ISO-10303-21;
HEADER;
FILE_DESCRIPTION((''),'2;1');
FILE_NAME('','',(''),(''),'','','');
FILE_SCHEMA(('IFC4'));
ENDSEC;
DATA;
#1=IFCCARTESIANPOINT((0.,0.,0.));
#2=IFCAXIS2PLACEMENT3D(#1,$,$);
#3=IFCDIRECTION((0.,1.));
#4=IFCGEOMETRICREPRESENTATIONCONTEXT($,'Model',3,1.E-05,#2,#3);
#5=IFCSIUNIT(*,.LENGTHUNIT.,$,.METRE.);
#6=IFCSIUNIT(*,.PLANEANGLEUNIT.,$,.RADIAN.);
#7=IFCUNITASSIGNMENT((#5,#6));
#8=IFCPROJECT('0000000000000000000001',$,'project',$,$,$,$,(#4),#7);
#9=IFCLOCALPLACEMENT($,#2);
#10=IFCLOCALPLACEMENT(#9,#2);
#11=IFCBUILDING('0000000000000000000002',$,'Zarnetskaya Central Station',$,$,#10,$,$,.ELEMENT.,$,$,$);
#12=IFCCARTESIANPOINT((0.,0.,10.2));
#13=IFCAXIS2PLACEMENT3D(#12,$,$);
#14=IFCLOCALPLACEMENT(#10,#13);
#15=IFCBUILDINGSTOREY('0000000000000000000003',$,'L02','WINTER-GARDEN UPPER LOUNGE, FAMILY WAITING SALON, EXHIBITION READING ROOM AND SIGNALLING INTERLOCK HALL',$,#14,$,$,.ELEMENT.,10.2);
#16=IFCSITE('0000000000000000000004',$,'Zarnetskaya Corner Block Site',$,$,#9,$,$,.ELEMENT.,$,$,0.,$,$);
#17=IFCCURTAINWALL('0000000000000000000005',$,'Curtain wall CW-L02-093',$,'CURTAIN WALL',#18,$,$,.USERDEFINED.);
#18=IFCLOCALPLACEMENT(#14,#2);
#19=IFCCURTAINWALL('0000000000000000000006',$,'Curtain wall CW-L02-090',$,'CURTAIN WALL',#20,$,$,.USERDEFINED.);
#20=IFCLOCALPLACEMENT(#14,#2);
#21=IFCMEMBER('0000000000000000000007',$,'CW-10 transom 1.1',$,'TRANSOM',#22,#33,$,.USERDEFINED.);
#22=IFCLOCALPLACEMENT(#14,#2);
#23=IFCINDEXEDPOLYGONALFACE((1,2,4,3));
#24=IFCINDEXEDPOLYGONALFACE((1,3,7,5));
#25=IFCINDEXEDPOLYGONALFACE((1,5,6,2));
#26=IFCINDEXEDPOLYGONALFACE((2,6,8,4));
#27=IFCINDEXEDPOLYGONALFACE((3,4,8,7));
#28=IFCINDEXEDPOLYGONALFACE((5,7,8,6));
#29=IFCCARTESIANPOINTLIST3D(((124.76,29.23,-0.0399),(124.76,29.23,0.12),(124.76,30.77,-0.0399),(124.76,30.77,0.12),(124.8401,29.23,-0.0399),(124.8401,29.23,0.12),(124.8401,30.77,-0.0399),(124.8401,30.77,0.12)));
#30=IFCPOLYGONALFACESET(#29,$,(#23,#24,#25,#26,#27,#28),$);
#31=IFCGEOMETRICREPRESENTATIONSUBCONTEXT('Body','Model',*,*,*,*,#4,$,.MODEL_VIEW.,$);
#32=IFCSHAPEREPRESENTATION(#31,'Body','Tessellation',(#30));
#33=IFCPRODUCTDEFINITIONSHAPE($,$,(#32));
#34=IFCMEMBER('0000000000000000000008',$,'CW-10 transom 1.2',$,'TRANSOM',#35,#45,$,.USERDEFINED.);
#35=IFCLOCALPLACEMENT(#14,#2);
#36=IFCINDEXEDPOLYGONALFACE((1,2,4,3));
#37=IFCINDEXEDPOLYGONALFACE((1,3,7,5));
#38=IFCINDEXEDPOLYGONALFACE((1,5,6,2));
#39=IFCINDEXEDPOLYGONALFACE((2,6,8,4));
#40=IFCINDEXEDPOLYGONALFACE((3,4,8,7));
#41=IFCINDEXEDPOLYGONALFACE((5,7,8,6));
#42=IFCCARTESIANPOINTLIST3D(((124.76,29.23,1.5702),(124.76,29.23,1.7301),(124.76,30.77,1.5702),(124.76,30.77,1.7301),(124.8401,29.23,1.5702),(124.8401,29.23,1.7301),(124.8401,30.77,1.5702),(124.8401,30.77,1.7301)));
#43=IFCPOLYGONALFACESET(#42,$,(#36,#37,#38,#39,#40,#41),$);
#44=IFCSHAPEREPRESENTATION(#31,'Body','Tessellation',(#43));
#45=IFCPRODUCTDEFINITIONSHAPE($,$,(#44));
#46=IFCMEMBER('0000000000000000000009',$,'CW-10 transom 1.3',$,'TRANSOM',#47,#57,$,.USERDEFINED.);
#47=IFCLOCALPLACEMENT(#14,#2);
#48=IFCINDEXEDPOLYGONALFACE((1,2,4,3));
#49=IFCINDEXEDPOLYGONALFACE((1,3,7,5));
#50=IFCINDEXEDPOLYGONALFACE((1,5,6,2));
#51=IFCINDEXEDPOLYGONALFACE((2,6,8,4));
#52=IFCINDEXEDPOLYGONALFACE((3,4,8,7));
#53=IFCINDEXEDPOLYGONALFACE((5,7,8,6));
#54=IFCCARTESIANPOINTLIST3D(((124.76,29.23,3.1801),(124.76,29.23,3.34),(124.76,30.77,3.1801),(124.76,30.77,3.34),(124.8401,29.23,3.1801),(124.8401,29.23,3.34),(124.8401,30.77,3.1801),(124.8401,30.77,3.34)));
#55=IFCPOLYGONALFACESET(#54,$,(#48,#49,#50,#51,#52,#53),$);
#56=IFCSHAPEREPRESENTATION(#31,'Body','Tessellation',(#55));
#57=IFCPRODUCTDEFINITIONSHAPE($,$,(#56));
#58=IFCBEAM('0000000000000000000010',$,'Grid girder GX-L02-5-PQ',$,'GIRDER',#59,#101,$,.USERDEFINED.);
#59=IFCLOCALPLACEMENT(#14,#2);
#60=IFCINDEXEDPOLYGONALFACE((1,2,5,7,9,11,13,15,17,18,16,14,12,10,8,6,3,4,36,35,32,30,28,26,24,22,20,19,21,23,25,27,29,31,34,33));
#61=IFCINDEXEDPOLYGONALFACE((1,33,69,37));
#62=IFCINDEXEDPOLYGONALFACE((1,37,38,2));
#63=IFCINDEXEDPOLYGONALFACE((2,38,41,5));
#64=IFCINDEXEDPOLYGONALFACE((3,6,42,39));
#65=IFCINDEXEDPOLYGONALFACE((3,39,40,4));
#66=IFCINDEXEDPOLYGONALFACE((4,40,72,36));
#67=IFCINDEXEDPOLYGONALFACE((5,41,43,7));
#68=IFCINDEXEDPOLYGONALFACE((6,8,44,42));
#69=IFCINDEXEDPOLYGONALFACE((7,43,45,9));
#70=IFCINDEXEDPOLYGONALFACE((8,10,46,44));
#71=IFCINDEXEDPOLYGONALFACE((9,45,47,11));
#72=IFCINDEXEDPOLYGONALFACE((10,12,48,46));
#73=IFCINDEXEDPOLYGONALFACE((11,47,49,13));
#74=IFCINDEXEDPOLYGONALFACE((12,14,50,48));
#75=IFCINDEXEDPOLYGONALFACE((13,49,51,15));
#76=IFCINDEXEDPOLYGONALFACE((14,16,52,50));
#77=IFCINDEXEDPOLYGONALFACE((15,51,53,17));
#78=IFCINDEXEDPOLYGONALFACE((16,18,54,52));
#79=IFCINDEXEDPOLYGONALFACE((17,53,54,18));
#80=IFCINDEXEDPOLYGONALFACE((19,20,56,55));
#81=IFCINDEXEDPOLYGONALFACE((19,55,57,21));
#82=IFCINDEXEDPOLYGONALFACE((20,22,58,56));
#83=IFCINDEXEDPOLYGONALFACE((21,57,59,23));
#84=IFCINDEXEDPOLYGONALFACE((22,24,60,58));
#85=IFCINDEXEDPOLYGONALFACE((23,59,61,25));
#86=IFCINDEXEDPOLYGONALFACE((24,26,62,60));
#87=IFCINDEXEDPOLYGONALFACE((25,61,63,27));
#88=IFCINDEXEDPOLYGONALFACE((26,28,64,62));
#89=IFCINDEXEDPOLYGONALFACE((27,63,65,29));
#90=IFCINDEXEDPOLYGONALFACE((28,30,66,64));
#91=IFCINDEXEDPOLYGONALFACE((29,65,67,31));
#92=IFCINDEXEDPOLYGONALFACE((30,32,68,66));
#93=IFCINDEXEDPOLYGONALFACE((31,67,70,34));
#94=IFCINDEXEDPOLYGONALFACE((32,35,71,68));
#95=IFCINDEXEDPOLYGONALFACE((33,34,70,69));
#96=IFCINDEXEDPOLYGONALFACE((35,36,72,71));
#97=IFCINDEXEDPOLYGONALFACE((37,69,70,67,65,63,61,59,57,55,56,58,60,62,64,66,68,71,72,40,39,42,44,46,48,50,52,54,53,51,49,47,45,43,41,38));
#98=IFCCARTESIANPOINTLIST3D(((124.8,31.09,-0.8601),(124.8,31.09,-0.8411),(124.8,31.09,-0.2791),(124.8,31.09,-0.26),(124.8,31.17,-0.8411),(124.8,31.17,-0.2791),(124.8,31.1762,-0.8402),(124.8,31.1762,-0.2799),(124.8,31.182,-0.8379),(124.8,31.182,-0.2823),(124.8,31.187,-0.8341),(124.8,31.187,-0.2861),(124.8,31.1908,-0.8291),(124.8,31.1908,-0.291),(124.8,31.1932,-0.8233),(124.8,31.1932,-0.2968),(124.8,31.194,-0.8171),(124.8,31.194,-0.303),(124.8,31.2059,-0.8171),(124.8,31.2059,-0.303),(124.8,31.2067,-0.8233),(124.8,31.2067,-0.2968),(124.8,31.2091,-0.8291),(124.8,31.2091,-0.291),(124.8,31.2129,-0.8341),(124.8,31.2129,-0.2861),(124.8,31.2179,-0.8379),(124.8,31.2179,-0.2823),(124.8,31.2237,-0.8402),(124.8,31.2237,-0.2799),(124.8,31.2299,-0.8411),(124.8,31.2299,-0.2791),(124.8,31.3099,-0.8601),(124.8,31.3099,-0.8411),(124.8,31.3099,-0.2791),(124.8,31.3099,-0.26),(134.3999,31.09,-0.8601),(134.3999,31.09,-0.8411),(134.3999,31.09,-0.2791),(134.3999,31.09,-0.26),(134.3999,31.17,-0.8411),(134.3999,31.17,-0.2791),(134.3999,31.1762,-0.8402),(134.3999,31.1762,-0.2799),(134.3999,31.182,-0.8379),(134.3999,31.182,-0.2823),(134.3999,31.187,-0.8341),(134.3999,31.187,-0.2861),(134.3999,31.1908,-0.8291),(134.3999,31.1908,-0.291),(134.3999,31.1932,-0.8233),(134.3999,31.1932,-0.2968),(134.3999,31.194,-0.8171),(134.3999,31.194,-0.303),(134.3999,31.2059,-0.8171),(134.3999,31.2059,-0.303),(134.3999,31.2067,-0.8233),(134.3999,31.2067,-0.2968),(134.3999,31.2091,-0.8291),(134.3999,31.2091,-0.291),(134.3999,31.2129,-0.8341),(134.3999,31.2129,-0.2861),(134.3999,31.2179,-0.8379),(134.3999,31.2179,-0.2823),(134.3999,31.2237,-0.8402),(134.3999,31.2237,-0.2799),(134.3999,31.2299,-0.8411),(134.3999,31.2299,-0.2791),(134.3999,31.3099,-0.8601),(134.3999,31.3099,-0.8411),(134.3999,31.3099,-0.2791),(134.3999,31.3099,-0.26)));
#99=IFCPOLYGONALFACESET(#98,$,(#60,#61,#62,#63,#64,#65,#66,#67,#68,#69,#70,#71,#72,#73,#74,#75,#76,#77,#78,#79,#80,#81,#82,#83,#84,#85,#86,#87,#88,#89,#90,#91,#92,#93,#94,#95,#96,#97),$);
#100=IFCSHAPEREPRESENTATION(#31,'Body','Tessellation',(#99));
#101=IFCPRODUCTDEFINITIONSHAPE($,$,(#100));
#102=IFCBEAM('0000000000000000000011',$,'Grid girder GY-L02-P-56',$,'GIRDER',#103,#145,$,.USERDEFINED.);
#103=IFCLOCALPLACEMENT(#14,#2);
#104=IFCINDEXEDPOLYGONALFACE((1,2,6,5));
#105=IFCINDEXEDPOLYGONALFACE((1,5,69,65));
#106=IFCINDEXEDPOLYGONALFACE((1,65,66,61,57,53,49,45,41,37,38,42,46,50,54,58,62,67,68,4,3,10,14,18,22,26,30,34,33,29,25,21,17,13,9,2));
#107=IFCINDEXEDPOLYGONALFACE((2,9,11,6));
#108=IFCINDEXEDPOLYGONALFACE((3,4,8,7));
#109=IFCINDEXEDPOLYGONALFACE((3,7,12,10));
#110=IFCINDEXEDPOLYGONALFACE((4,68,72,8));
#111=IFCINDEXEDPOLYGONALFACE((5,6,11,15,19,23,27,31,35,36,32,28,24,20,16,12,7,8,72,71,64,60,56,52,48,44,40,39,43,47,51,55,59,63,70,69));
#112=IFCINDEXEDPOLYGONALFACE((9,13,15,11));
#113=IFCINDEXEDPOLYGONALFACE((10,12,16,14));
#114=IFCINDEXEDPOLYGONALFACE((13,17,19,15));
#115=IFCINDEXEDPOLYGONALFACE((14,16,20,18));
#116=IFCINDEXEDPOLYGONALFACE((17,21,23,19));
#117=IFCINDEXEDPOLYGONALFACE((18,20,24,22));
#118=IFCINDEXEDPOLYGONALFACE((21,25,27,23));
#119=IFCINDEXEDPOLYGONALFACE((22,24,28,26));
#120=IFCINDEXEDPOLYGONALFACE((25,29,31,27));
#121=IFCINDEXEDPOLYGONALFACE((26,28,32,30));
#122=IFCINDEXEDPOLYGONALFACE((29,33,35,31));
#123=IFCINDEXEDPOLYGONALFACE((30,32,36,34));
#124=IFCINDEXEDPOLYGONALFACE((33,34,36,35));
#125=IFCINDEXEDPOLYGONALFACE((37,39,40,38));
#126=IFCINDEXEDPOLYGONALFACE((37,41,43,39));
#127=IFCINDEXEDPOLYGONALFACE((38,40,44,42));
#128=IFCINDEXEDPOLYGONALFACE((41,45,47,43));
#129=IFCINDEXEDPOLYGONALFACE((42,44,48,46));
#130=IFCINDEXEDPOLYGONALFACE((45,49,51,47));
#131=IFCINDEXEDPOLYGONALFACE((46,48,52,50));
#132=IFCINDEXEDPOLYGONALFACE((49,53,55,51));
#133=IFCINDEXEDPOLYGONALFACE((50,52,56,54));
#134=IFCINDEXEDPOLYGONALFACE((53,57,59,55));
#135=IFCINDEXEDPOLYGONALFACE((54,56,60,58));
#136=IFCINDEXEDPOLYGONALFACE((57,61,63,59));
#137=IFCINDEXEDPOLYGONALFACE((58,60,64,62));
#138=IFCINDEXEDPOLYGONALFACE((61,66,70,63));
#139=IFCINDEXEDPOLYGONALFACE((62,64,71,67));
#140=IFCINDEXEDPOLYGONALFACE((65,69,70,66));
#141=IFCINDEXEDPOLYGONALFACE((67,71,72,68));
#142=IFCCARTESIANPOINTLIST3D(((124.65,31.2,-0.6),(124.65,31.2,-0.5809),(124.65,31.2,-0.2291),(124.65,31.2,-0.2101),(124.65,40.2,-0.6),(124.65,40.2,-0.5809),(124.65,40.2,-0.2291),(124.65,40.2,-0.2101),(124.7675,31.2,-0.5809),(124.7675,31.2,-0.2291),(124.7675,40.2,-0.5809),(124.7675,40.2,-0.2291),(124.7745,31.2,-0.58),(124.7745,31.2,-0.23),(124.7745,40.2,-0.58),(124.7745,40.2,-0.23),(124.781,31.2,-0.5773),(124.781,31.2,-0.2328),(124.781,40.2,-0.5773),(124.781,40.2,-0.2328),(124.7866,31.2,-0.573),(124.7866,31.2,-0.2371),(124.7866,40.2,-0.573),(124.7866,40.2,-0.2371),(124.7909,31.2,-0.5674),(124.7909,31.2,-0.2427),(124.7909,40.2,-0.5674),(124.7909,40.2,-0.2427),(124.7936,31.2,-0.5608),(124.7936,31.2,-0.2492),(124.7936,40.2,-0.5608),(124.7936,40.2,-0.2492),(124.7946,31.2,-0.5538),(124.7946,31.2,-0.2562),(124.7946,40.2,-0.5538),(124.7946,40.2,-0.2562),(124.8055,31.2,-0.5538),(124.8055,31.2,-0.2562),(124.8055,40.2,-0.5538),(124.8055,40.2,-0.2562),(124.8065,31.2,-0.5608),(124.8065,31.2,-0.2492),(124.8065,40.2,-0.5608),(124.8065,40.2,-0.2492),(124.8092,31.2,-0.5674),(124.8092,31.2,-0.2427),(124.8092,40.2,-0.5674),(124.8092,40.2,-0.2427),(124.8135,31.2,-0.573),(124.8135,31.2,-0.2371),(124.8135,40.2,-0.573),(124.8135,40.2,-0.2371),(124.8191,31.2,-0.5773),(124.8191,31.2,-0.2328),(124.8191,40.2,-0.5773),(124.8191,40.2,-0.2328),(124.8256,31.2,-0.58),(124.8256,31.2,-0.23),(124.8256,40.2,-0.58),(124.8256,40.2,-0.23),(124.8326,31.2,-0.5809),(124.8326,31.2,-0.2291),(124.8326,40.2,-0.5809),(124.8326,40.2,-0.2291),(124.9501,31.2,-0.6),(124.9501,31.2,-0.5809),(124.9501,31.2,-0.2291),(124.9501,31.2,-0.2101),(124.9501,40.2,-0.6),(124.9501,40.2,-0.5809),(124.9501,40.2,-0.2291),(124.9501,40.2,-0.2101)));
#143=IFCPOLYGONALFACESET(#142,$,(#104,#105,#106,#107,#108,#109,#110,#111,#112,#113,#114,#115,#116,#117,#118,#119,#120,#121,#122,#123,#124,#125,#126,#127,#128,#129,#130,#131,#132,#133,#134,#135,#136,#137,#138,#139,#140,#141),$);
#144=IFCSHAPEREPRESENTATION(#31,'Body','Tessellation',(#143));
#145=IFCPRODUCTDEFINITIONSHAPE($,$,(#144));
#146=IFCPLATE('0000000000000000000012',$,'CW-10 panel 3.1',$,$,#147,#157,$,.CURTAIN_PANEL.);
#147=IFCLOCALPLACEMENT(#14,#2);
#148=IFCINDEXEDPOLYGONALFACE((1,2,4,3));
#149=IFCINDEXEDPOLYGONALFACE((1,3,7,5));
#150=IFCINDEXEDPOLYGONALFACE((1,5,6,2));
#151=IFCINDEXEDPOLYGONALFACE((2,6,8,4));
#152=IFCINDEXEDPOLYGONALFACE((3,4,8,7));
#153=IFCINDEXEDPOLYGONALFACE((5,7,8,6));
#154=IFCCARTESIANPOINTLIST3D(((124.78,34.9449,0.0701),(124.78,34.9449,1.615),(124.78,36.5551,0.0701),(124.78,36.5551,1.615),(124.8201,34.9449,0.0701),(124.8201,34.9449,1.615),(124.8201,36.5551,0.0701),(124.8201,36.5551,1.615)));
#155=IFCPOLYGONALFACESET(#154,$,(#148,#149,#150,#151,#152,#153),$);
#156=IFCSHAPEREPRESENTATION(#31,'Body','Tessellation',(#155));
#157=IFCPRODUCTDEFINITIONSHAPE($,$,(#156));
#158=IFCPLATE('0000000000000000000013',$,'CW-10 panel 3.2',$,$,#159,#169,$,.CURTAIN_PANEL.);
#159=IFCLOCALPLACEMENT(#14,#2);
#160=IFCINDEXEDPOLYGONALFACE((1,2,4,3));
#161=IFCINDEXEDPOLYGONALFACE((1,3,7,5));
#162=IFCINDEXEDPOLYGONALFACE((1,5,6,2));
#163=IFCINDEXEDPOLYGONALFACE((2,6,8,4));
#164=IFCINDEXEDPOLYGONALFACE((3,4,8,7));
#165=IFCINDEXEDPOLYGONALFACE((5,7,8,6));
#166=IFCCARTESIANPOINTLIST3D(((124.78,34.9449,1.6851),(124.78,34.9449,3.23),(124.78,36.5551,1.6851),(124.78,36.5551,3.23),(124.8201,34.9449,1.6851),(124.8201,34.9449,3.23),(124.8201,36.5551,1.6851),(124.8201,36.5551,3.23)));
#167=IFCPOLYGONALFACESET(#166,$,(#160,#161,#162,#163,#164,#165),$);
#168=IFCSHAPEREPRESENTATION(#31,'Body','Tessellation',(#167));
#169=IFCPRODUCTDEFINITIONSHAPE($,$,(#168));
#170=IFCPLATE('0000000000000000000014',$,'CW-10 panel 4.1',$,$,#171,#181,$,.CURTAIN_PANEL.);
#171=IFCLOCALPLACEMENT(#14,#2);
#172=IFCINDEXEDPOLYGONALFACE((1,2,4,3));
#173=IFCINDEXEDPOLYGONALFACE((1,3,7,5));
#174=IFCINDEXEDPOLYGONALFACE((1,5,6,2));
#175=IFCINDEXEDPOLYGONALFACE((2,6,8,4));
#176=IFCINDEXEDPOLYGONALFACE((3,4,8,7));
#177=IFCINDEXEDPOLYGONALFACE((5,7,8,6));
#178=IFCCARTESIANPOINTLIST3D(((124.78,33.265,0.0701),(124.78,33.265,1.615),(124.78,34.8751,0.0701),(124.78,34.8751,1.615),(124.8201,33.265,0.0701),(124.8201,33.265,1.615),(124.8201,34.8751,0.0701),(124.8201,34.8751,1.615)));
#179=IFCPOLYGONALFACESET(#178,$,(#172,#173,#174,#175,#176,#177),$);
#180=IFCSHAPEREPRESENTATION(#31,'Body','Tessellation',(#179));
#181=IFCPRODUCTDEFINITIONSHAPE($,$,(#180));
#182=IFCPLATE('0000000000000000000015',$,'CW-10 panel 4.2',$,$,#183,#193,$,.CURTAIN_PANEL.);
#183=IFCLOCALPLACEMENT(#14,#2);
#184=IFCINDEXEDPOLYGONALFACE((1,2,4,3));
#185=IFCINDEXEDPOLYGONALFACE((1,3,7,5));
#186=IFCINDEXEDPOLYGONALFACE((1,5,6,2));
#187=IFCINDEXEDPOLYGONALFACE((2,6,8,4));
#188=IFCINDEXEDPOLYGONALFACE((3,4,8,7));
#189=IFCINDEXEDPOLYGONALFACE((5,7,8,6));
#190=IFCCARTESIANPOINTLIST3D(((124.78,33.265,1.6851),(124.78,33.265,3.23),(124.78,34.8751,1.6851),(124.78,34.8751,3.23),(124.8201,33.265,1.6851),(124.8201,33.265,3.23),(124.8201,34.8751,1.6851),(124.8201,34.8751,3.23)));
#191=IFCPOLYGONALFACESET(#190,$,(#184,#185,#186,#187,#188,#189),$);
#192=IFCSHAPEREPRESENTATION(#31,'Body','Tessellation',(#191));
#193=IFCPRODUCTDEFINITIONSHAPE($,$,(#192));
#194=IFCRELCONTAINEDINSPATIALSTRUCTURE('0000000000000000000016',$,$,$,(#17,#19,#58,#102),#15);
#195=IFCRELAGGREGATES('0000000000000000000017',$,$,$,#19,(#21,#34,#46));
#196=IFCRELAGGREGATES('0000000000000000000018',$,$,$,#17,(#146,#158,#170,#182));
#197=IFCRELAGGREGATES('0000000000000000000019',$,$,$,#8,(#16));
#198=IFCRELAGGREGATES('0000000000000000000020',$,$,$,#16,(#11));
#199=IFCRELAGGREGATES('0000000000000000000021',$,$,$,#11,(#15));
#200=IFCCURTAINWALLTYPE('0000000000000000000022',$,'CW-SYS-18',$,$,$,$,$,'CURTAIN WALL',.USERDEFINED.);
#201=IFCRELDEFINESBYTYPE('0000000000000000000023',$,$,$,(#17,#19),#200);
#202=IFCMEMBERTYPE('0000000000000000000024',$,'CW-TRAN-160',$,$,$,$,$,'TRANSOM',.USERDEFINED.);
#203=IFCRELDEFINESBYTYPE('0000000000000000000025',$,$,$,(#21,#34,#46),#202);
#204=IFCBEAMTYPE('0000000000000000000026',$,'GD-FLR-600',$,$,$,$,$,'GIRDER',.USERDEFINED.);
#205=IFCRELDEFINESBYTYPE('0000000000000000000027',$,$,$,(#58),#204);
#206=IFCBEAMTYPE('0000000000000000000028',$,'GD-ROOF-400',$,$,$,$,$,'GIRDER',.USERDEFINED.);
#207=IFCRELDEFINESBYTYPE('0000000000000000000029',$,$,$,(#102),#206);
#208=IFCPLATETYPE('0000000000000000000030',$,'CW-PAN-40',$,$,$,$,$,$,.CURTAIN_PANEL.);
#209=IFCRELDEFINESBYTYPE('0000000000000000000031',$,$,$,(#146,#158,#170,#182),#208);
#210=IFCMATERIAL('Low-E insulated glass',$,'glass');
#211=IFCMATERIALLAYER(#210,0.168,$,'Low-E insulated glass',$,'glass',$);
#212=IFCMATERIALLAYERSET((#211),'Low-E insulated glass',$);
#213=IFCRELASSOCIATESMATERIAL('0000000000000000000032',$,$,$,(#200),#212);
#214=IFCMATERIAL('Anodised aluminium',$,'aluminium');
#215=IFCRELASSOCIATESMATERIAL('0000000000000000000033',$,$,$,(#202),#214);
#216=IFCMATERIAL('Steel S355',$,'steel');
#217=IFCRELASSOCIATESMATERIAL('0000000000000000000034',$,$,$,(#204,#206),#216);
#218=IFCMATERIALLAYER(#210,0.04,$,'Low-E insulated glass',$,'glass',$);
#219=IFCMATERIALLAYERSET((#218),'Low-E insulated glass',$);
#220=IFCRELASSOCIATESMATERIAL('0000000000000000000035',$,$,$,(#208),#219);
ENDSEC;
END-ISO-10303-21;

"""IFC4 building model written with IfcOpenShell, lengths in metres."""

from ifc_helpers import new_model, si_unit, direction, frame, origin, origin_2d, place, context, subcontext, project, spatial, rectangle, i_section, extrude, material, layer, layer_set, material_profile, profile_set, type_object, element, aggregate, save


model = new_model("IFC4")

# Units and contexts
model_context = context("Model", 3, precision=1e-05, world=origin(), true_north=direction((0.0, 1.0)))
body_context = subcontext(model_context, "Body", "Model", "MODEL_VIEW")
ifc_project = project(units=[si_unit("LENGTHUNIT", "METRE"), si_unit("PLANEANGLEUNIT", "RADIAN")], contexts=[model_context])

# Site, building, storey
site_placement = place(None, origin())
site = spatial("IfcSite", under=ifc_project, at=site_placement, Name="Zarnetskaya Corner Block Site", CompositionType="ELEMENT", RefElevation=0.0)
building_placement = place(site_placement, origin())
building = spatial("IfcBuilding", under=site, at=building_placement, Name="Zarnetskaya Central Station", CompositionType="ELEMENT")
storey_placement = place(building_placement, frame((0.0, 0.0, 10.2)))
storey = spatial("IfcBuildingStorey", under=building, at=storey_placement, Name="L02", Description="WINTER-GARDEN UPPER LOUNGE, FAMILY WAITING SALON, EXHIBITION READING ROOM AND SIGNALLING INTERLOCK HALL", CompositionType="ELEMENT", Elevation=10.2)

# Shared definitions
ifc_material_1 = material(Name="Steel S355", Category="steel")

# Curtain wall
ifc_material_2 = material(Name="Low-E insulated glass", Category="glass")
ifc_layer_1 = layer(ifc_material_2, 0.168, Name="Low-E insulated glass", Category="glass")
ifc_layer_set_1 = layer_set([ifc_layer_1], Name="Low-E insulated glass")
curtain_wall_type = type_object("IfcCurtainWallType", Name="CW-SYS-18", ElementType="CURTAIN WALL", PredefinedType="USERDEFINED", material=ifc_layer_set_1)
curtain_wall_1_placement = place(storey_placement, origin())
curtain_wall_1 = element("IfcCurtainWall", 1, at=curtain_wall_1_placement, inside=storey, type_object=curtain_wall_type, Name="Curtain wall CW-L02-093", ObjectType="CURTAIN WALL", PredefinedType="USERDEFINED")
ifc_material_3 = material(Name="Anodised aluminium", Category="aluminium")

# Curtain wall
curtain_wall_2_placement = place(storey_placement, origin())
curtain_wall_2 = element("IfcCurtainWall", 2, at=curtain_wall_2_placement, inside=storey, type_object=curtain_wall_type, Name="Curtain wall CW-L02-090", ObjectType="CURTAIN WALL", PredefinedType="USERDEFINED")

# Members
ifc_material_profile_1 = material_profile(ifc_material_3, rectangle(XDim=0.0801, YDim=0.1599, at=origin_2d()), Name="ALU TRAN 80x160")
ifc_profile_set_1 = profile_set([ifc_material_profile_1], Name="Anodised aluminium")
member_type_1 = type_object("IfcMemberType", Name="CW-TRAN-160", ElementType="TRANSOM", PredefinedType="USERDEFINED", material=ifc_profile_set_1)
member_1_placement = place(storey_placement, frame((124.8, 30.77, 0.04), z_axis=(0.0, -1.0, 0.0), x_axis=(1.0, 0.0, 0.0)))
member_1 = element("IfcMember", 3, at=member_1_placement, type_object=member_type_1, Name="CW-10 transom 1.1", ObjectType="TRANSOM", PredefinedType="USERDEFINED", context=body_context, shape_type="SweptSolid", body=[
    extrude(rectangle(XDim=0.0801, YDim=0.1599, at=origin_2d()), origin(), (0.0, 0.0, 1.0), 1.54),
])
member_2_placement = place(storey_placement, frame((124.8, 30.77, 1.6501), z_axis=(0.0, -1.0, 0.0), x_axis=(1.0, 0.0, 0.0)))
member_2 = element("IfcMember", 4, at=member_2_placement, type_object=member_type_1, Name="CW-10 transom 1.2", ObjectType="TRANSOM", PredefinedType="USERDEFINED", context=body_context, shape_type="SweptSolid", body=[
    extrude(rectangle(XDim=0.0801, YDim=0.1599, at=origin_2d()), origin(), (0.0, 0.0, 1.0), 1.54),
])
member_3_placement = place(storey_placement, frame((124.8, 30.77, 3.26), z_axis=(0.0, -1.0, 0.0), x_axis=(1.0, 0.0, 0.0)))
member_3 = element("IfcMember", 5, at=member_3_placement, type_object=member_type_1, Name="CW-10 transom 1.3", ObjectType="TRANSOM", PredefinedType="USERDEFINED", context=body_context, shape_type="SweptSolid", body=[
    extrude(rectangle(XDim=0.0801, YDim=0.1599, at=origin_2d()), origin(), (0.0, 0.0, 1.0), 1.54),
])
aggregate(curtain_wall_2, [member_1, member_2, member_3])

# Beams
ifc_material_profile_2 = material_profile(ifc_material_1, i_section(OverallWidth=0.22, OverallDepth=0.6001, WebThickness=0.012, FlangeThickness=0.019, FilletRadius=0.0239, at=origin_2d()), Name="IPE 600")
ifc_profile_set_2 = profile_set([ifc_material_profile_2], Name="Steel S355")
beam_type_1 = type_object("IfcBeamType", Name="GD-FLR-600", ElementType="GIRDER", PredefinedType="USERDEFINED", material=ifc_profile_set_2)
beam_1_placement = place(storey_placement, frame((124.8, 31.2, -0.5601), z_axis=(1.0, 0.0, 0.0), x_axis=(0.0, 1.0, 0.0)))
element("IfcBeam", 6, at=beam_1_placement, inside=storey, type_object=beam_type_1, Name="Grid girder GX-L02-5-PQ", ObjectType="GIRDER", PredefinedType="USERDEFINED", context=body_context, shape_type="SweptSolid", body=[
    extrude(i_section(OverallWidth=0.22, OverallDepth=0.6001, WebThickness=0.012, FlangeThickness=0.019, FilletRadius=0.0239, at=origin_2d()), origin(), (0.0, 0.0, 1.0), 9.5999),
])
ifc_material_profile_3 = material_profile(ifc_material_1, i_section(OverallWidth=0.3, OverallDepth=0.3899, WebThickness=0.011, FlangeThickness=0.019, FilletRadius=0.0271, at=origin_2d()), Name="HEA 400")
ifc_profile_set_3 = profile_set([ifc_material_profile_3], Name="Steel S355")
beam_type_2 = type_object("IfcBeamType", Name="GD-ROOF-400", ElementType="GIRDER", PredefinedType="USERDEFINED", material=ifc_profile_set_3)
beam_2_placement = place(storey_placement, frame((124.8, 31.2, -0.405), z_axis=(0.0, 1.0, 0.0), x_axis=(-1.0, 0.0, 0.0)))
element("IfcBeam", 7, at=beam_2_placement, inside=storey, type_object=beam_type_2, Name="Grid girder GY-L02-P-56", ObjectType="GIRDER", PredefinedType="USERDEFINED", context=body_context, shape_type="SweptSolid", body=[
    extrude(i_section(OverallWidth=0.3, OverallDepth=0.3899, WebThickness=0.011, FlangeThickness=0.019, FilletRadius=0.0271, at=origin_2d()), origin(), (0.0, 0.0, 1.0), 9.0),
])

# Plates
ifc_layer_2 = layer(ifc_material_2, 0.04, Name="Low-E insulated glass", Category="glass")
ifc_layer_set_2 = layer_set([ifc_layer_2], Name="Low-E insulated glass")
plate_type_1 = type_object("IfcPlateType", Name="CW-PAN-40", PredefinedType="CURTAIN_PANEL", material=ifc_layer_set_2)
plate_1_placement = place(storey_placement, frame((124.8, 35.75, 0.0701), z_axis=(0.0, 0.0, 1.0), x_axis=(0.0, -1.0, 0.0)))
plate_1 = element("IfcPlate", 8, at=plate_1_placement, type_object=plate_type_1, Name="CW-10 panel 3.1", PredefinedType="CURTAIN_PANEL", context=body_context, shape_type="SweptSolid", body=[
    extrude(rectangle(XDim=1.6101, YDim=0.04, at=origin_2d()), origin(), (0.0, 0.0, 1.0), 1.5449),
])
plate_2_placement = place(storey_placement, frame((124.8, 35.75, 1.6851), z_axis=(0.0, 0.0, 1.0), x_axis=(0.0, -1.0, 0.0)))
plate_2 = element("IfcPlate", 9, at=plate_2_placement, type_object=plate_type_1, Name="CW-10 panel 3.2", PredefinedType="CURTAIN_PANEL", context=body_context, shape_type="SweptSolid", body=[
    extrude(rectangle(XDim=1.6101, YDim=0.04, at=origin_2d()), origin(), (0.0, 0.0, 1.0), 1.5449),
])
plate_3_placement = place(storey_placement, frame((124.8, 34.0701, 0.0701), z_axis=(0.0, 0.0, 1.0), x_axis=(0.0, -1.0, 0.0)))
plate_3 = element("IfcPlate", 10, at=plate_3_placement, type_object=plate_type_1, Name="CW-10 panel 4.1", PredefinedType="CURTAIN_PANEL", context=body_context, shape_type="SweptSolid", body=[
    extrude(rectangle(XDim=1.6101, YDim=0.04, at=origin_2d()), origin(), (0.0, 0.0, 1.0), 1.5449),
])
plate_4_placement = place(storey_placement, frame((124.8, 34.0701, 1.6851), z_axis=(0.0, 0.0, 1.0), x_axis=(0.0, -1.0, 0.0)))
plate_4 = element("IfcPlate", 11, at=plate_4_placement, type_object=plate_type_1, Name="CW-10 panel 4.2", PredefinedType="CURTAIN_PANEL", context=body_context, shape_type="SweptSolid", body=[
    extrude(rectangle(XDim=1.6101, YDim=0.04, at=origin_2d()), origin(), (0.0, 0.0, 1.0), 1.5449),
])
aggregate(curtain_wall_1, [plate_1, plate_2, plate_3, plate_4])

save(model, "model.ifc")
